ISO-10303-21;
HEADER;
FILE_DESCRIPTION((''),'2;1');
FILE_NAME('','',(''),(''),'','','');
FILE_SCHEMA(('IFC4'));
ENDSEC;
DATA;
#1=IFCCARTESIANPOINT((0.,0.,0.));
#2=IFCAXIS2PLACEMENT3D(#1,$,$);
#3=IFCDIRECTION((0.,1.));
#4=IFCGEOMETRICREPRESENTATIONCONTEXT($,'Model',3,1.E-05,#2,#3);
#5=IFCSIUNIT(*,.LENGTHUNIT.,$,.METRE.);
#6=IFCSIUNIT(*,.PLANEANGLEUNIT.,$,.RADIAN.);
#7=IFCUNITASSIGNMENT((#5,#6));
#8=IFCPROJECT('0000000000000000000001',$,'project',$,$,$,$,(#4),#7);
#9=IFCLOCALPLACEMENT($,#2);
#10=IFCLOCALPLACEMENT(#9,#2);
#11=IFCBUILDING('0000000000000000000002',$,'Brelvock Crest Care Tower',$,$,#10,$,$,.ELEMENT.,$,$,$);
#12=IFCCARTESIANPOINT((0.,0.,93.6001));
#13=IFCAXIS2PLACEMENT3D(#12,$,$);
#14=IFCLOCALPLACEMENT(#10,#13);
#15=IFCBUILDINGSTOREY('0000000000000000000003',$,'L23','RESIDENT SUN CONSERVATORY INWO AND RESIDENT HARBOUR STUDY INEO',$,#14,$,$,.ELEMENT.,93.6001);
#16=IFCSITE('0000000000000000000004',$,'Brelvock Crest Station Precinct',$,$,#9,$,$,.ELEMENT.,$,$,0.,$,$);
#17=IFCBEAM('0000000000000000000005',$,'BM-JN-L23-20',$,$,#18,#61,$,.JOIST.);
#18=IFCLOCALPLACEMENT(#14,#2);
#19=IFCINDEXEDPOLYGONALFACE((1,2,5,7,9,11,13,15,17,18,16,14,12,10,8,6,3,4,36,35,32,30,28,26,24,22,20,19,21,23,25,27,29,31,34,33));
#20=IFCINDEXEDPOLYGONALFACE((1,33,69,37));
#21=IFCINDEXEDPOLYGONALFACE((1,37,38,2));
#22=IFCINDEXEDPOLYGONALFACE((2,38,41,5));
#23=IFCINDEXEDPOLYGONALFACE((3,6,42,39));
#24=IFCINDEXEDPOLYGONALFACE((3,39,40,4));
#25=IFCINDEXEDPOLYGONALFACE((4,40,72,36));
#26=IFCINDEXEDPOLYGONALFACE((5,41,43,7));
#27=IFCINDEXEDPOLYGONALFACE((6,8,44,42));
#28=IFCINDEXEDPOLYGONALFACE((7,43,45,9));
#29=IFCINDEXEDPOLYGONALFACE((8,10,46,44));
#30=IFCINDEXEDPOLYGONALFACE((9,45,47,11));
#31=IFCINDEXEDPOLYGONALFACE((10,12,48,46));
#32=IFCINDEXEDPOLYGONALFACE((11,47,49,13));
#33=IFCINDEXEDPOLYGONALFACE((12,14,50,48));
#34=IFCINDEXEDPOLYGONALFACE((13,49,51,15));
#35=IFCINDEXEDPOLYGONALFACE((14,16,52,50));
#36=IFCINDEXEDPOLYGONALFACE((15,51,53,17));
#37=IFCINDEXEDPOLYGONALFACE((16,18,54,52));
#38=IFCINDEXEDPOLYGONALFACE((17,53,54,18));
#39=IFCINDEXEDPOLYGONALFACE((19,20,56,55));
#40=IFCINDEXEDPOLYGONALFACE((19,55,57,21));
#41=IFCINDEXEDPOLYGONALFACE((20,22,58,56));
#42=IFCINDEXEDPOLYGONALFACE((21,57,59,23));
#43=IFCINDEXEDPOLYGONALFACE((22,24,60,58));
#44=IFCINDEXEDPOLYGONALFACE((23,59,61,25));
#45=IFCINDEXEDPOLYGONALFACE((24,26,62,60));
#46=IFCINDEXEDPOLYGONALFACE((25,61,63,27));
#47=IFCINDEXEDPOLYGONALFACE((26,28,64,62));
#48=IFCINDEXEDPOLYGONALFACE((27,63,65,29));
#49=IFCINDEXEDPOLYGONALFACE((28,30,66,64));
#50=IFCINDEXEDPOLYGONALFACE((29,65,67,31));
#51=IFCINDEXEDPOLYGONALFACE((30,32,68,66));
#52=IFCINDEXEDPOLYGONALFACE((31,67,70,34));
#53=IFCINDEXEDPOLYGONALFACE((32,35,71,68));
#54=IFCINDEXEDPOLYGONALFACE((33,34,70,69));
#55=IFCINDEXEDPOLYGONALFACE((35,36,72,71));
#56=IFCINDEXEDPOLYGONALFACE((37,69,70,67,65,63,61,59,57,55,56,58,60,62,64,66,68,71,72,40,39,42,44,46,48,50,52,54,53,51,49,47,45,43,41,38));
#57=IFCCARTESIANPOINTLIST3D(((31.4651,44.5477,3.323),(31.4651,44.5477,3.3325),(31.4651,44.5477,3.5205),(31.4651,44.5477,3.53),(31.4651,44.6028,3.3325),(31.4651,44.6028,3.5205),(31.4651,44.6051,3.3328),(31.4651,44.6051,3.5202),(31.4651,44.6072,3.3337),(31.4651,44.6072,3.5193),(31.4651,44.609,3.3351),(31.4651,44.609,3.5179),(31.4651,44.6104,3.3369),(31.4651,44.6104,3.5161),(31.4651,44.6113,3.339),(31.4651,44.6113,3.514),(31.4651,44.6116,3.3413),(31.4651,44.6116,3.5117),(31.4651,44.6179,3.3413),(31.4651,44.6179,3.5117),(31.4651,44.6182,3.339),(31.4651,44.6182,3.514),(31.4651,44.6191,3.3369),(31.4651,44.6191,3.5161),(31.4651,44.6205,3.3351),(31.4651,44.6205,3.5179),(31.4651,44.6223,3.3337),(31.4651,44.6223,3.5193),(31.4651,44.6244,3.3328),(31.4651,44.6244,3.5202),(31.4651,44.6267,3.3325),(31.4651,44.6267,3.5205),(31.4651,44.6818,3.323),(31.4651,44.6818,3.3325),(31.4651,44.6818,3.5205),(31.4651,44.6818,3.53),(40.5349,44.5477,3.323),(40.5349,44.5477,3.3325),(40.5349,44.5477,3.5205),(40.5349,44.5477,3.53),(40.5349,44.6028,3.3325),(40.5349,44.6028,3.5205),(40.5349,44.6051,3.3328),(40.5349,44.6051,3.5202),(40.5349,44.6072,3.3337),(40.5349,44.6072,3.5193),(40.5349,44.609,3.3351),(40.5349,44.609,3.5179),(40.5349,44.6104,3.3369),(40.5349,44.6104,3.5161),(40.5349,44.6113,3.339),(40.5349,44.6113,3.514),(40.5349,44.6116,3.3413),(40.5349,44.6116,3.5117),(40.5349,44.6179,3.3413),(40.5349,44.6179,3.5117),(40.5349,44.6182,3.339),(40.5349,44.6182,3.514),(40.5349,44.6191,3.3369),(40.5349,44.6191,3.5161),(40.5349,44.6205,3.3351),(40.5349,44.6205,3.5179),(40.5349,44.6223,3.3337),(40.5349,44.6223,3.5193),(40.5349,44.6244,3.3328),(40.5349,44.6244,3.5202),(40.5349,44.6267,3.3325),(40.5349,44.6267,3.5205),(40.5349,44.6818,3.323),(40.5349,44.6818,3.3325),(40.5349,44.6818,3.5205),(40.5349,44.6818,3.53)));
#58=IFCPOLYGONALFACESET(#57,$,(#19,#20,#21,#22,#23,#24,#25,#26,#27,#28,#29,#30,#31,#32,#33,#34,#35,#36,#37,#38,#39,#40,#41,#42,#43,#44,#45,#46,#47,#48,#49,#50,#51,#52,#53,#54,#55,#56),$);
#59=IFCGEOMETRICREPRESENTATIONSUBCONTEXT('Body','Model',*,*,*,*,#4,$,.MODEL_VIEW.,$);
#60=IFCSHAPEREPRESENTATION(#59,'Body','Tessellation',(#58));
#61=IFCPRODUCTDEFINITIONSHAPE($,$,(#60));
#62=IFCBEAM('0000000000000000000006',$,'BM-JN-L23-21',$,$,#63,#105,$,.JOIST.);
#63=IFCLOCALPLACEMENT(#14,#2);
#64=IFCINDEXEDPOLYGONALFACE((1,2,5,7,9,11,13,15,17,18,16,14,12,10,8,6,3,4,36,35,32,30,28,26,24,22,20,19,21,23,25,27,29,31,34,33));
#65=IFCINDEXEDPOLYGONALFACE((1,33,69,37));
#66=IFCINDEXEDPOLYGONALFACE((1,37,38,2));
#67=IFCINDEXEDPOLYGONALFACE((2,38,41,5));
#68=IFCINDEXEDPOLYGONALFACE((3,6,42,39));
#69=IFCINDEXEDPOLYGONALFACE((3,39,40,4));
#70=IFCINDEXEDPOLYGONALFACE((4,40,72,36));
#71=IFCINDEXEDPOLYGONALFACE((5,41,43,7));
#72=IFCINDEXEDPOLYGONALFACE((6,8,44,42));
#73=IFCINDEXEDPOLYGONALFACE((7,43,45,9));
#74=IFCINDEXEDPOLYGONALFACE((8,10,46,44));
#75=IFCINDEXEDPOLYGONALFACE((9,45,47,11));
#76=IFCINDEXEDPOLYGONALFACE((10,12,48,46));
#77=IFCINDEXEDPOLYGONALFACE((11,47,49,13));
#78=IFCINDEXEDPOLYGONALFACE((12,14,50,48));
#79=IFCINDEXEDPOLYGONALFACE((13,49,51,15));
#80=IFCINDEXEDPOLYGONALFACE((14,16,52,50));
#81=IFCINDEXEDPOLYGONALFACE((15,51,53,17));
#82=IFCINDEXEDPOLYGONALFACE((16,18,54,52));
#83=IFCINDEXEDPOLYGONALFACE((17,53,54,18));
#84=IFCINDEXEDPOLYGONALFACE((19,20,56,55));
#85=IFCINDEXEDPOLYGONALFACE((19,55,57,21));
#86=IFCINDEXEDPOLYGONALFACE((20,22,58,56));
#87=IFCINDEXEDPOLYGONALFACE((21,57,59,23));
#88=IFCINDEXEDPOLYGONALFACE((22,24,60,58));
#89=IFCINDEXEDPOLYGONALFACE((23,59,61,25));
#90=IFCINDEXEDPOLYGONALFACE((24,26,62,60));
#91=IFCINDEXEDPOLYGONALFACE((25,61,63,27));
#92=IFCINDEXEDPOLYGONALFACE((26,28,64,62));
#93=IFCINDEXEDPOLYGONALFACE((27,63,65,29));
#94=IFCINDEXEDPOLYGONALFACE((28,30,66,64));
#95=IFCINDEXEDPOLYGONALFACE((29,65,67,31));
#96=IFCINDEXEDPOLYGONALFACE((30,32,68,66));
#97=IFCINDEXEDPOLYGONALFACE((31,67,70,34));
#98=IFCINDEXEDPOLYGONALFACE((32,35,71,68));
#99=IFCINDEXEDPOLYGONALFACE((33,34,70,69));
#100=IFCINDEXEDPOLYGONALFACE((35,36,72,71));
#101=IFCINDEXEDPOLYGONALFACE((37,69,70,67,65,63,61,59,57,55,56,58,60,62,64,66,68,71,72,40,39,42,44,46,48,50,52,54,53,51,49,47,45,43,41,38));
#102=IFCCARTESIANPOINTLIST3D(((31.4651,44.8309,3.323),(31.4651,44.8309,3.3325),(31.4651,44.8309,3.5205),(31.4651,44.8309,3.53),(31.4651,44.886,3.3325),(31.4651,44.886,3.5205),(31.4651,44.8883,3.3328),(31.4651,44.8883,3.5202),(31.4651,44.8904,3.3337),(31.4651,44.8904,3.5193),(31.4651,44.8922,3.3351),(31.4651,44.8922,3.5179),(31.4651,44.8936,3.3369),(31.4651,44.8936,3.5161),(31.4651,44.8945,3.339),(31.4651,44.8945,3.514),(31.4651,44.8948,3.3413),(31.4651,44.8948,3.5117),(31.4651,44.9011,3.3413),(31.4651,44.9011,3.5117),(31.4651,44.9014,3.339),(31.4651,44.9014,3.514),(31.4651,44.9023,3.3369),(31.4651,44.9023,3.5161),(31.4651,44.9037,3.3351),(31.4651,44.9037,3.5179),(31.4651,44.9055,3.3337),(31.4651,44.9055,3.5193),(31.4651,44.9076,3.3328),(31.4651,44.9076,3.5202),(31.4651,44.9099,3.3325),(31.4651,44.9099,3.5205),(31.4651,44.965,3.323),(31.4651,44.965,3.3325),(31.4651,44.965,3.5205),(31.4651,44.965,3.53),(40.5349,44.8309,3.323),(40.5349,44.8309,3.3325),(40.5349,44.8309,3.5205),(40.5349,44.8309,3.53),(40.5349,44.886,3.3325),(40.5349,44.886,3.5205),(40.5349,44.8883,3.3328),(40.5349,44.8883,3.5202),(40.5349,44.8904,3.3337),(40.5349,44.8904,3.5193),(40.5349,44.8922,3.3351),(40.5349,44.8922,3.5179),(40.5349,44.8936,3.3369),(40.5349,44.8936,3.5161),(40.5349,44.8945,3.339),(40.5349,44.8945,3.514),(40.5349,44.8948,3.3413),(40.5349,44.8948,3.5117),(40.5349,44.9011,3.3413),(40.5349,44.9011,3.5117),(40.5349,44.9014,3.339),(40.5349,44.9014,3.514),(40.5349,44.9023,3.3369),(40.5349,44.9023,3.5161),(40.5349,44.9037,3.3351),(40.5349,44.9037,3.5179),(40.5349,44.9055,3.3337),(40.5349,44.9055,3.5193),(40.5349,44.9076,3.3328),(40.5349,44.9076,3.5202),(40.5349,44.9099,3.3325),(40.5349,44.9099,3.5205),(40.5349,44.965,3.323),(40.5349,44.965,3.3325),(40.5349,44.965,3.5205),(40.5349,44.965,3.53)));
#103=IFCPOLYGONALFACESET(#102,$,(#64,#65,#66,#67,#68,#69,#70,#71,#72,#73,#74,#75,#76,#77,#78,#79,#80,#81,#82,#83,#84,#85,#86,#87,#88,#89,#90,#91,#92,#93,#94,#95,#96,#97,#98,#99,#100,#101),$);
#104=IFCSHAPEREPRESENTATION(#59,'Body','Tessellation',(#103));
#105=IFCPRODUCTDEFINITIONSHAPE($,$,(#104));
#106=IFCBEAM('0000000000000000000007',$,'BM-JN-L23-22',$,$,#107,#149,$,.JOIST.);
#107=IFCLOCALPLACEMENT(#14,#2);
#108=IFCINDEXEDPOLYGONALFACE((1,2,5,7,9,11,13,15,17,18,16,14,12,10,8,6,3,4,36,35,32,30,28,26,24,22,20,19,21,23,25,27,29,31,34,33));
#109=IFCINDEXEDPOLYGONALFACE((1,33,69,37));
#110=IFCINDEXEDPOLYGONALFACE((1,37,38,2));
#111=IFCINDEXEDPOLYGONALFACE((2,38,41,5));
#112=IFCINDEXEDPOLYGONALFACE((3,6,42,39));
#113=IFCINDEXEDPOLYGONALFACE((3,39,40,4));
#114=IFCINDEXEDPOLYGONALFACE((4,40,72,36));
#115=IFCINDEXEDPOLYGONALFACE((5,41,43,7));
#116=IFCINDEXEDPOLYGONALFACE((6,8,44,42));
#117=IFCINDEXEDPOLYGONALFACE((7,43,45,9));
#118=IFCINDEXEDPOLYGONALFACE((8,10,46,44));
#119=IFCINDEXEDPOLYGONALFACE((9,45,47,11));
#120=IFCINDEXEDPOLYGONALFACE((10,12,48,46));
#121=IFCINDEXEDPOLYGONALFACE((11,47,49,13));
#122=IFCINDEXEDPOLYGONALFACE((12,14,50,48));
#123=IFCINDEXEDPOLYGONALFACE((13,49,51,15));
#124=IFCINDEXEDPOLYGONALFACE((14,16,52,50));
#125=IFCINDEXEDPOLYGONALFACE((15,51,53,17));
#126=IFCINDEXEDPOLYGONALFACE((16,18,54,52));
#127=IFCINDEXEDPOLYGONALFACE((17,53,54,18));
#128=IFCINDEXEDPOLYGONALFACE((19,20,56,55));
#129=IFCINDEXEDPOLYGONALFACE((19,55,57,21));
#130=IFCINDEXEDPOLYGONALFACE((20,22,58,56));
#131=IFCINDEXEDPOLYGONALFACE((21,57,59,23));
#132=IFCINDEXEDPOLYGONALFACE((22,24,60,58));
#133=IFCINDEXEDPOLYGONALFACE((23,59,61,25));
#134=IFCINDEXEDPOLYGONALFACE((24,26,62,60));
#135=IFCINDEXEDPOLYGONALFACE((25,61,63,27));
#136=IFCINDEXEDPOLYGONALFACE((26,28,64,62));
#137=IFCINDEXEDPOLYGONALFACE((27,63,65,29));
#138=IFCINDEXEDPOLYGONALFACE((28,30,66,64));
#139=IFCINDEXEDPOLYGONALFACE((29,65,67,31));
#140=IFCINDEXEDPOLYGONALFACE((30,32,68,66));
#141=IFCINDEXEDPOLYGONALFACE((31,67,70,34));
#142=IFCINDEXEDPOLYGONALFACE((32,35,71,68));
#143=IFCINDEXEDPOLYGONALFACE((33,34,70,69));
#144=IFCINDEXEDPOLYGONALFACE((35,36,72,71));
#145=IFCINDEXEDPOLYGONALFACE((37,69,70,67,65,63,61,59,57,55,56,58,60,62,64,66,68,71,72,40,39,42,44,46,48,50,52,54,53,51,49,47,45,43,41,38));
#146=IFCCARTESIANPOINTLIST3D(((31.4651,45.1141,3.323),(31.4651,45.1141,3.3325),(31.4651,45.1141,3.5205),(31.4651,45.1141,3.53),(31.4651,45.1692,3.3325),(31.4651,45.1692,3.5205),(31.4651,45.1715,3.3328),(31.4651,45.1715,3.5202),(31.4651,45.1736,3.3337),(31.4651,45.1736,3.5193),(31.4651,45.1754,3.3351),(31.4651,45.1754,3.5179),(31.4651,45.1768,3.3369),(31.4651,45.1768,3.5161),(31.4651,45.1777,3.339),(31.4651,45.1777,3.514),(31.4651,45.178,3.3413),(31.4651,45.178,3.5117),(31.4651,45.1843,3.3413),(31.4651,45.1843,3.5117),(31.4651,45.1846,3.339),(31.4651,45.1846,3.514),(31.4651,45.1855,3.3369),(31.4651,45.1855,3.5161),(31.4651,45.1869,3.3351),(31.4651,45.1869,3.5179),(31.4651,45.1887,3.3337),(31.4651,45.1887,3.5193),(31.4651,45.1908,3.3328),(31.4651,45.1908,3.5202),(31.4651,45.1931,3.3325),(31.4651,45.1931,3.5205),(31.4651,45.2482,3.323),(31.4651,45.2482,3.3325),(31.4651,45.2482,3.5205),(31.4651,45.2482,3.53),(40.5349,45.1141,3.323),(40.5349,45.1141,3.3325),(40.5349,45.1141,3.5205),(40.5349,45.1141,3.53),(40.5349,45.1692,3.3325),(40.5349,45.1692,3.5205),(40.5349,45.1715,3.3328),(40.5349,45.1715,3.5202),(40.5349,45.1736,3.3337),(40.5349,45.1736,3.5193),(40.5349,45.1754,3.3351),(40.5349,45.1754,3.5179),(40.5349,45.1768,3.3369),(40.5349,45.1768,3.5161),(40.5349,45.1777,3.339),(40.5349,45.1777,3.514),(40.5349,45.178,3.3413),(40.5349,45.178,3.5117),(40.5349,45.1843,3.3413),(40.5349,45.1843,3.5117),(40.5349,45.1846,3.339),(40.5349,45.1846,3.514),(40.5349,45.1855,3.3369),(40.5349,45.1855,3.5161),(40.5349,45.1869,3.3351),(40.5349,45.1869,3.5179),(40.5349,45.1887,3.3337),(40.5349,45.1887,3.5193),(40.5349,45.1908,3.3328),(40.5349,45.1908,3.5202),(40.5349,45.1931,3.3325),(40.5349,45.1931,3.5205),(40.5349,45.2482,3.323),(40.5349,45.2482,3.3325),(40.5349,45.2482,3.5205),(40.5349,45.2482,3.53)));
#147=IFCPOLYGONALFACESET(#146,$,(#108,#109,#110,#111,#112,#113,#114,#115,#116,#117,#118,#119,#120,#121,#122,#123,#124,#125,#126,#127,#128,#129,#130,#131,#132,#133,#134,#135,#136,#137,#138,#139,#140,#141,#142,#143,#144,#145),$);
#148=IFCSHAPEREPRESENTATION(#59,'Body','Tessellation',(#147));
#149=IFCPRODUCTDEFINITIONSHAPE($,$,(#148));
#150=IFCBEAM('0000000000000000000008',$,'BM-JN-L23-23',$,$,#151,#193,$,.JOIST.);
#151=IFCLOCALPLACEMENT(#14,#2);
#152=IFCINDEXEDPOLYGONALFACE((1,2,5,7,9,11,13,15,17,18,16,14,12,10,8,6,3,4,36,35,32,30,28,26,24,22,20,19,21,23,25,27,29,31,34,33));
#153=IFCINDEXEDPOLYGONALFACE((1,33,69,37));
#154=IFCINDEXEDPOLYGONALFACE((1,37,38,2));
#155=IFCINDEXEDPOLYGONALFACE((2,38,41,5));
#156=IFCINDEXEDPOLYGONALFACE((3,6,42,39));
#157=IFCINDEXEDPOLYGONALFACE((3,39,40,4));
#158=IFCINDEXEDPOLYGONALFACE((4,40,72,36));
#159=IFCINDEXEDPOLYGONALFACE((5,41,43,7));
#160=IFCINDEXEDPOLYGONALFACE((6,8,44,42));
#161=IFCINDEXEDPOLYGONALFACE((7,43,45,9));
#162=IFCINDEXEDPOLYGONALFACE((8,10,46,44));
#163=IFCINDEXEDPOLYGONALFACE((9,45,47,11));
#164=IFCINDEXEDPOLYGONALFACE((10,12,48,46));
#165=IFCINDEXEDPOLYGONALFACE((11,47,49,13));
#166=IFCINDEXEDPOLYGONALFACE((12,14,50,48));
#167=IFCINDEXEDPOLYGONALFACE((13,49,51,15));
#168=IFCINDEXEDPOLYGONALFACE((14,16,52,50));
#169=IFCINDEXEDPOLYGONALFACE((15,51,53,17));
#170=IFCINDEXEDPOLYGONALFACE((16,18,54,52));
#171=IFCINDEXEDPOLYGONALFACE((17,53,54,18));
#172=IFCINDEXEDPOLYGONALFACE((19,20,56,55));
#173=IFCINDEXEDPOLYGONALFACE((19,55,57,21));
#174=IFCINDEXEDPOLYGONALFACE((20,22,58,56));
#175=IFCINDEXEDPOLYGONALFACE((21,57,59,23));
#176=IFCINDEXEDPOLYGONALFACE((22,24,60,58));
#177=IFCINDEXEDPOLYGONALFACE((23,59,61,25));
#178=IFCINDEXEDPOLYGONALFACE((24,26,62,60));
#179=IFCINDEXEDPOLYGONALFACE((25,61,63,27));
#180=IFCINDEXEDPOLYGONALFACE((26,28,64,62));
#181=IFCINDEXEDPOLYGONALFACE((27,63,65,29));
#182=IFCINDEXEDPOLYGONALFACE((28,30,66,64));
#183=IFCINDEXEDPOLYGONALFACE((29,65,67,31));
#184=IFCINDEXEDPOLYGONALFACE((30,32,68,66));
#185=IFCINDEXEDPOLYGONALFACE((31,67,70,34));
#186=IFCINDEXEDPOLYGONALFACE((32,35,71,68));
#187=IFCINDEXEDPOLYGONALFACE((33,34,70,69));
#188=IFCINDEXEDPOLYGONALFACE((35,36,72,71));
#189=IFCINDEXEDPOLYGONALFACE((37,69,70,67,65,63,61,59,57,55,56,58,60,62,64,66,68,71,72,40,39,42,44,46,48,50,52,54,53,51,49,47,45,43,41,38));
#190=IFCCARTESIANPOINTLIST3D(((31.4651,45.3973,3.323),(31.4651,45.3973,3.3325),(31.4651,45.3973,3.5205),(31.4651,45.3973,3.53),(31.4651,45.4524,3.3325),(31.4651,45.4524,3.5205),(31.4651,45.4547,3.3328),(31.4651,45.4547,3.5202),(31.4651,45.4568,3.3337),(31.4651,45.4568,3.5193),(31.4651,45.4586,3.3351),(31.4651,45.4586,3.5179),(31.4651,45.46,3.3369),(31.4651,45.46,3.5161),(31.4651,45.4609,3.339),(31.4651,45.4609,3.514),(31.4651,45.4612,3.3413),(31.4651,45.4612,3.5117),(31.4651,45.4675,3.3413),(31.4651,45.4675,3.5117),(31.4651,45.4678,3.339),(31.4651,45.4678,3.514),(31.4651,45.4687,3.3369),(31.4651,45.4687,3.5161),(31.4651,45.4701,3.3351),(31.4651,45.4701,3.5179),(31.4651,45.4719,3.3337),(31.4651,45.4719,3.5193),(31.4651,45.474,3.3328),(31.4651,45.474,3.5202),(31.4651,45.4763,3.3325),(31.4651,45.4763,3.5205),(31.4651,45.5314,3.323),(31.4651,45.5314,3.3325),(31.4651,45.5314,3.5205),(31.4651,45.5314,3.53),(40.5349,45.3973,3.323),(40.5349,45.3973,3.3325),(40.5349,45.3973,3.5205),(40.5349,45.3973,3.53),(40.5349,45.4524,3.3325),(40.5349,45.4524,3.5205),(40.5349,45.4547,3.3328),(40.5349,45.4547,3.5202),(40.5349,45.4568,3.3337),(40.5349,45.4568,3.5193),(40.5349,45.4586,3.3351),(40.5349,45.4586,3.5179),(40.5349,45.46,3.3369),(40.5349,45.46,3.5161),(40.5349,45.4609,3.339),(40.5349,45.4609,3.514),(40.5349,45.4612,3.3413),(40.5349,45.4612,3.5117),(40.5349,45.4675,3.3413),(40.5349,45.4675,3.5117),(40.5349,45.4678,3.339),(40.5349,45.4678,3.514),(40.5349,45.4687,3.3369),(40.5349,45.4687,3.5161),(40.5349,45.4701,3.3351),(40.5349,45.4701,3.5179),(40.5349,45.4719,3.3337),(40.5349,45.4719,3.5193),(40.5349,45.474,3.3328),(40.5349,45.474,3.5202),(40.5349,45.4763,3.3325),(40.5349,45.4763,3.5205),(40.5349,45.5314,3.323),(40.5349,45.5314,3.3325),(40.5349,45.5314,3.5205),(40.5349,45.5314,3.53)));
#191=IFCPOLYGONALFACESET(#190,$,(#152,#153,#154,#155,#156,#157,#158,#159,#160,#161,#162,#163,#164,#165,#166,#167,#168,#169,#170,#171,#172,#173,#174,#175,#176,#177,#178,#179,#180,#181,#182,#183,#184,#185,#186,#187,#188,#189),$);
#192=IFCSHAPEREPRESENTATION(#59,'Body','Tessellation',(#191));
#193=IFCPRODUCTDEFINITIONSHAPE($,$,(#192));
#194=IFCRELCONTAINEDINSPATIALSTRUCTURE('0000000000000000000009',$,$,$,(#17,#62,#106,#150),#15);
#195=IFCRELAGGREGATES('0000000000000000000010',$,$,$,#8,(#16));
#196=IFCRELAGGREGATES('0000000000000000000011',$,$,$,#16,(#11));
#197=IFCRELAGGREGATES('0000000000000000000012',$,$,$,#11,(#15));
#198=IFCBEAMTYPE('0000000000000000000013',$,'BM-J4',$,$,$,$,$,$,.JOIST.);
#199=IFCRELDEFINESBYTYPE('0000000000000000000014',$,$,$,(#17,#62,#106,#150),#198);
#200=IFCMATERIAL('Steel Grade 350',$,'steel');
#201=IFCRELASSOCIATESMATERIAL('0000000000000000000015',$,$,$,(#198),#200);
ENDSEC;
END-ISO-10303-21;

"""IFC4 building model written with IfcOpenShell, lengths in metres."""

from ifc_helpers import new_model, si_unit, direction, frame, origin, origin_2d, place, context, subcontext, project, spatial, i_section, extrude, source, transform, mapped, material, material_profile, profile_set, type_object, element, save


model = new_model("IFC4")

# Units and contexts
model_context = context("Model", 3, precision=1e-05, world=origin(), true_north=direction((0.0, 1.0)))
body_context = subcontext(model_context, "Body", "Model", "MODEL_VIEW")
ifc_project = project(units=[si_unit("LENGTHUNIT", "METRE"), si_unit("PLANEANGLEUNIT", "RADIAN")], contexts=[model_context])

# Site, building, storey
site_placement = place(None, origin())
site = spatial("IfcSite", under=ifc_project, at=site_placement, Name="Brelvock Crest Station Precinct", CompositionType="ELEMENT", RefElevation=0.0)
building_placement = place(site_placement, origin())
building = spatial("IfcBuilding", under=site, at=building_placement, Name="Brelvock Crest Care Tower", CompositionType="ELEMENT")
storey_placement = place(building_placement, frame((0.0, 0.0, 93.6001)))
storey = spatial("IfcBuildingStorey", under=building, at=storey_placement, Name="L23", Description="RESIDENT SUN CONSERVATORY INWO AND RESIDENT HARBOUR STUDY INEO", CompositionType="ELEMENT", Elevation=93.6001)

# Shared definitions
ifc_material_1 = material(Name="Steel Grade 350", Category="steel")

# Beams
ifc_material_profile_1 = material_profile(ifc_material_1, i_section(OverallWidth=0.134, OverallDepth=0.207, WebThickness=0.0063, FlangeThickness=0.0095, FilletRadius=0.0088, at=origin_2d()), Name="200UB29.8")
ifc_profile_set_1 = profile_set([ifc_material_profile_1], Name="Steel Grade 350")
beam_type_1 = type_object("IfcBeamType", Name="BM-J4", PredefinedType="JOIST", material=ifc_profile_set_1)
shared_shape_1 = source(origin(), body_context, "Body", "SweptSolid", [
    extrude(i_section(OverallWidth=0.134, OverallDepth=0.207, WebThickness=0.0063, FlangeThickness=0.0095, FilletRadius=0.0088, at=origin_2d()), origin(), (0.0, 0.0, 1.0), 9.0698),
])
for number, where, z_axis, x_axis, name in (
    (1, (31.4651, 44.6147, 3.4265), (1.0, 0.0, 0.0), (0.0, 1.0, 0.0), "BM-JN-L23-20"),
    (2, (31.4651, 44.8979, 3.4265), (1.0, 0.0, 0.0), (0.0, 1.0, 0.0), "BM-JN-L23-21"),
    (3, (31.4651, 45.1812, 3.4265), (1.0, 0.0, 0.0), (0.0, 1.0, 0.0), "BM-JN-L23-22"),
    (4, (31.4651, 45.4644, 3.4265), (1.0, 0.0, 0.0), (0.0, 1.0, 0.0), "BM-JN-L23-23"),
):
    element("IfcBeam", number, at=place(storey_placement, frame(where, z_axis=z_axis, x_axis=x_axis)), inside=storey, type_object=beam_type_1, Name=name, PredefinedType="JOIST", context=body_context, shape_type="MappedRepresentation", body=[
        mapped(shared_shape_1, transform((0.0, 0.0, 0.0), x_axis=(1.0, 0.0, 0.0), y_axis=(0.0, 1.0, 0.0), z_axis=(0.0, 0.0, 1.0), scale=1.0)),
    ])

save(model, "model.ifc")
